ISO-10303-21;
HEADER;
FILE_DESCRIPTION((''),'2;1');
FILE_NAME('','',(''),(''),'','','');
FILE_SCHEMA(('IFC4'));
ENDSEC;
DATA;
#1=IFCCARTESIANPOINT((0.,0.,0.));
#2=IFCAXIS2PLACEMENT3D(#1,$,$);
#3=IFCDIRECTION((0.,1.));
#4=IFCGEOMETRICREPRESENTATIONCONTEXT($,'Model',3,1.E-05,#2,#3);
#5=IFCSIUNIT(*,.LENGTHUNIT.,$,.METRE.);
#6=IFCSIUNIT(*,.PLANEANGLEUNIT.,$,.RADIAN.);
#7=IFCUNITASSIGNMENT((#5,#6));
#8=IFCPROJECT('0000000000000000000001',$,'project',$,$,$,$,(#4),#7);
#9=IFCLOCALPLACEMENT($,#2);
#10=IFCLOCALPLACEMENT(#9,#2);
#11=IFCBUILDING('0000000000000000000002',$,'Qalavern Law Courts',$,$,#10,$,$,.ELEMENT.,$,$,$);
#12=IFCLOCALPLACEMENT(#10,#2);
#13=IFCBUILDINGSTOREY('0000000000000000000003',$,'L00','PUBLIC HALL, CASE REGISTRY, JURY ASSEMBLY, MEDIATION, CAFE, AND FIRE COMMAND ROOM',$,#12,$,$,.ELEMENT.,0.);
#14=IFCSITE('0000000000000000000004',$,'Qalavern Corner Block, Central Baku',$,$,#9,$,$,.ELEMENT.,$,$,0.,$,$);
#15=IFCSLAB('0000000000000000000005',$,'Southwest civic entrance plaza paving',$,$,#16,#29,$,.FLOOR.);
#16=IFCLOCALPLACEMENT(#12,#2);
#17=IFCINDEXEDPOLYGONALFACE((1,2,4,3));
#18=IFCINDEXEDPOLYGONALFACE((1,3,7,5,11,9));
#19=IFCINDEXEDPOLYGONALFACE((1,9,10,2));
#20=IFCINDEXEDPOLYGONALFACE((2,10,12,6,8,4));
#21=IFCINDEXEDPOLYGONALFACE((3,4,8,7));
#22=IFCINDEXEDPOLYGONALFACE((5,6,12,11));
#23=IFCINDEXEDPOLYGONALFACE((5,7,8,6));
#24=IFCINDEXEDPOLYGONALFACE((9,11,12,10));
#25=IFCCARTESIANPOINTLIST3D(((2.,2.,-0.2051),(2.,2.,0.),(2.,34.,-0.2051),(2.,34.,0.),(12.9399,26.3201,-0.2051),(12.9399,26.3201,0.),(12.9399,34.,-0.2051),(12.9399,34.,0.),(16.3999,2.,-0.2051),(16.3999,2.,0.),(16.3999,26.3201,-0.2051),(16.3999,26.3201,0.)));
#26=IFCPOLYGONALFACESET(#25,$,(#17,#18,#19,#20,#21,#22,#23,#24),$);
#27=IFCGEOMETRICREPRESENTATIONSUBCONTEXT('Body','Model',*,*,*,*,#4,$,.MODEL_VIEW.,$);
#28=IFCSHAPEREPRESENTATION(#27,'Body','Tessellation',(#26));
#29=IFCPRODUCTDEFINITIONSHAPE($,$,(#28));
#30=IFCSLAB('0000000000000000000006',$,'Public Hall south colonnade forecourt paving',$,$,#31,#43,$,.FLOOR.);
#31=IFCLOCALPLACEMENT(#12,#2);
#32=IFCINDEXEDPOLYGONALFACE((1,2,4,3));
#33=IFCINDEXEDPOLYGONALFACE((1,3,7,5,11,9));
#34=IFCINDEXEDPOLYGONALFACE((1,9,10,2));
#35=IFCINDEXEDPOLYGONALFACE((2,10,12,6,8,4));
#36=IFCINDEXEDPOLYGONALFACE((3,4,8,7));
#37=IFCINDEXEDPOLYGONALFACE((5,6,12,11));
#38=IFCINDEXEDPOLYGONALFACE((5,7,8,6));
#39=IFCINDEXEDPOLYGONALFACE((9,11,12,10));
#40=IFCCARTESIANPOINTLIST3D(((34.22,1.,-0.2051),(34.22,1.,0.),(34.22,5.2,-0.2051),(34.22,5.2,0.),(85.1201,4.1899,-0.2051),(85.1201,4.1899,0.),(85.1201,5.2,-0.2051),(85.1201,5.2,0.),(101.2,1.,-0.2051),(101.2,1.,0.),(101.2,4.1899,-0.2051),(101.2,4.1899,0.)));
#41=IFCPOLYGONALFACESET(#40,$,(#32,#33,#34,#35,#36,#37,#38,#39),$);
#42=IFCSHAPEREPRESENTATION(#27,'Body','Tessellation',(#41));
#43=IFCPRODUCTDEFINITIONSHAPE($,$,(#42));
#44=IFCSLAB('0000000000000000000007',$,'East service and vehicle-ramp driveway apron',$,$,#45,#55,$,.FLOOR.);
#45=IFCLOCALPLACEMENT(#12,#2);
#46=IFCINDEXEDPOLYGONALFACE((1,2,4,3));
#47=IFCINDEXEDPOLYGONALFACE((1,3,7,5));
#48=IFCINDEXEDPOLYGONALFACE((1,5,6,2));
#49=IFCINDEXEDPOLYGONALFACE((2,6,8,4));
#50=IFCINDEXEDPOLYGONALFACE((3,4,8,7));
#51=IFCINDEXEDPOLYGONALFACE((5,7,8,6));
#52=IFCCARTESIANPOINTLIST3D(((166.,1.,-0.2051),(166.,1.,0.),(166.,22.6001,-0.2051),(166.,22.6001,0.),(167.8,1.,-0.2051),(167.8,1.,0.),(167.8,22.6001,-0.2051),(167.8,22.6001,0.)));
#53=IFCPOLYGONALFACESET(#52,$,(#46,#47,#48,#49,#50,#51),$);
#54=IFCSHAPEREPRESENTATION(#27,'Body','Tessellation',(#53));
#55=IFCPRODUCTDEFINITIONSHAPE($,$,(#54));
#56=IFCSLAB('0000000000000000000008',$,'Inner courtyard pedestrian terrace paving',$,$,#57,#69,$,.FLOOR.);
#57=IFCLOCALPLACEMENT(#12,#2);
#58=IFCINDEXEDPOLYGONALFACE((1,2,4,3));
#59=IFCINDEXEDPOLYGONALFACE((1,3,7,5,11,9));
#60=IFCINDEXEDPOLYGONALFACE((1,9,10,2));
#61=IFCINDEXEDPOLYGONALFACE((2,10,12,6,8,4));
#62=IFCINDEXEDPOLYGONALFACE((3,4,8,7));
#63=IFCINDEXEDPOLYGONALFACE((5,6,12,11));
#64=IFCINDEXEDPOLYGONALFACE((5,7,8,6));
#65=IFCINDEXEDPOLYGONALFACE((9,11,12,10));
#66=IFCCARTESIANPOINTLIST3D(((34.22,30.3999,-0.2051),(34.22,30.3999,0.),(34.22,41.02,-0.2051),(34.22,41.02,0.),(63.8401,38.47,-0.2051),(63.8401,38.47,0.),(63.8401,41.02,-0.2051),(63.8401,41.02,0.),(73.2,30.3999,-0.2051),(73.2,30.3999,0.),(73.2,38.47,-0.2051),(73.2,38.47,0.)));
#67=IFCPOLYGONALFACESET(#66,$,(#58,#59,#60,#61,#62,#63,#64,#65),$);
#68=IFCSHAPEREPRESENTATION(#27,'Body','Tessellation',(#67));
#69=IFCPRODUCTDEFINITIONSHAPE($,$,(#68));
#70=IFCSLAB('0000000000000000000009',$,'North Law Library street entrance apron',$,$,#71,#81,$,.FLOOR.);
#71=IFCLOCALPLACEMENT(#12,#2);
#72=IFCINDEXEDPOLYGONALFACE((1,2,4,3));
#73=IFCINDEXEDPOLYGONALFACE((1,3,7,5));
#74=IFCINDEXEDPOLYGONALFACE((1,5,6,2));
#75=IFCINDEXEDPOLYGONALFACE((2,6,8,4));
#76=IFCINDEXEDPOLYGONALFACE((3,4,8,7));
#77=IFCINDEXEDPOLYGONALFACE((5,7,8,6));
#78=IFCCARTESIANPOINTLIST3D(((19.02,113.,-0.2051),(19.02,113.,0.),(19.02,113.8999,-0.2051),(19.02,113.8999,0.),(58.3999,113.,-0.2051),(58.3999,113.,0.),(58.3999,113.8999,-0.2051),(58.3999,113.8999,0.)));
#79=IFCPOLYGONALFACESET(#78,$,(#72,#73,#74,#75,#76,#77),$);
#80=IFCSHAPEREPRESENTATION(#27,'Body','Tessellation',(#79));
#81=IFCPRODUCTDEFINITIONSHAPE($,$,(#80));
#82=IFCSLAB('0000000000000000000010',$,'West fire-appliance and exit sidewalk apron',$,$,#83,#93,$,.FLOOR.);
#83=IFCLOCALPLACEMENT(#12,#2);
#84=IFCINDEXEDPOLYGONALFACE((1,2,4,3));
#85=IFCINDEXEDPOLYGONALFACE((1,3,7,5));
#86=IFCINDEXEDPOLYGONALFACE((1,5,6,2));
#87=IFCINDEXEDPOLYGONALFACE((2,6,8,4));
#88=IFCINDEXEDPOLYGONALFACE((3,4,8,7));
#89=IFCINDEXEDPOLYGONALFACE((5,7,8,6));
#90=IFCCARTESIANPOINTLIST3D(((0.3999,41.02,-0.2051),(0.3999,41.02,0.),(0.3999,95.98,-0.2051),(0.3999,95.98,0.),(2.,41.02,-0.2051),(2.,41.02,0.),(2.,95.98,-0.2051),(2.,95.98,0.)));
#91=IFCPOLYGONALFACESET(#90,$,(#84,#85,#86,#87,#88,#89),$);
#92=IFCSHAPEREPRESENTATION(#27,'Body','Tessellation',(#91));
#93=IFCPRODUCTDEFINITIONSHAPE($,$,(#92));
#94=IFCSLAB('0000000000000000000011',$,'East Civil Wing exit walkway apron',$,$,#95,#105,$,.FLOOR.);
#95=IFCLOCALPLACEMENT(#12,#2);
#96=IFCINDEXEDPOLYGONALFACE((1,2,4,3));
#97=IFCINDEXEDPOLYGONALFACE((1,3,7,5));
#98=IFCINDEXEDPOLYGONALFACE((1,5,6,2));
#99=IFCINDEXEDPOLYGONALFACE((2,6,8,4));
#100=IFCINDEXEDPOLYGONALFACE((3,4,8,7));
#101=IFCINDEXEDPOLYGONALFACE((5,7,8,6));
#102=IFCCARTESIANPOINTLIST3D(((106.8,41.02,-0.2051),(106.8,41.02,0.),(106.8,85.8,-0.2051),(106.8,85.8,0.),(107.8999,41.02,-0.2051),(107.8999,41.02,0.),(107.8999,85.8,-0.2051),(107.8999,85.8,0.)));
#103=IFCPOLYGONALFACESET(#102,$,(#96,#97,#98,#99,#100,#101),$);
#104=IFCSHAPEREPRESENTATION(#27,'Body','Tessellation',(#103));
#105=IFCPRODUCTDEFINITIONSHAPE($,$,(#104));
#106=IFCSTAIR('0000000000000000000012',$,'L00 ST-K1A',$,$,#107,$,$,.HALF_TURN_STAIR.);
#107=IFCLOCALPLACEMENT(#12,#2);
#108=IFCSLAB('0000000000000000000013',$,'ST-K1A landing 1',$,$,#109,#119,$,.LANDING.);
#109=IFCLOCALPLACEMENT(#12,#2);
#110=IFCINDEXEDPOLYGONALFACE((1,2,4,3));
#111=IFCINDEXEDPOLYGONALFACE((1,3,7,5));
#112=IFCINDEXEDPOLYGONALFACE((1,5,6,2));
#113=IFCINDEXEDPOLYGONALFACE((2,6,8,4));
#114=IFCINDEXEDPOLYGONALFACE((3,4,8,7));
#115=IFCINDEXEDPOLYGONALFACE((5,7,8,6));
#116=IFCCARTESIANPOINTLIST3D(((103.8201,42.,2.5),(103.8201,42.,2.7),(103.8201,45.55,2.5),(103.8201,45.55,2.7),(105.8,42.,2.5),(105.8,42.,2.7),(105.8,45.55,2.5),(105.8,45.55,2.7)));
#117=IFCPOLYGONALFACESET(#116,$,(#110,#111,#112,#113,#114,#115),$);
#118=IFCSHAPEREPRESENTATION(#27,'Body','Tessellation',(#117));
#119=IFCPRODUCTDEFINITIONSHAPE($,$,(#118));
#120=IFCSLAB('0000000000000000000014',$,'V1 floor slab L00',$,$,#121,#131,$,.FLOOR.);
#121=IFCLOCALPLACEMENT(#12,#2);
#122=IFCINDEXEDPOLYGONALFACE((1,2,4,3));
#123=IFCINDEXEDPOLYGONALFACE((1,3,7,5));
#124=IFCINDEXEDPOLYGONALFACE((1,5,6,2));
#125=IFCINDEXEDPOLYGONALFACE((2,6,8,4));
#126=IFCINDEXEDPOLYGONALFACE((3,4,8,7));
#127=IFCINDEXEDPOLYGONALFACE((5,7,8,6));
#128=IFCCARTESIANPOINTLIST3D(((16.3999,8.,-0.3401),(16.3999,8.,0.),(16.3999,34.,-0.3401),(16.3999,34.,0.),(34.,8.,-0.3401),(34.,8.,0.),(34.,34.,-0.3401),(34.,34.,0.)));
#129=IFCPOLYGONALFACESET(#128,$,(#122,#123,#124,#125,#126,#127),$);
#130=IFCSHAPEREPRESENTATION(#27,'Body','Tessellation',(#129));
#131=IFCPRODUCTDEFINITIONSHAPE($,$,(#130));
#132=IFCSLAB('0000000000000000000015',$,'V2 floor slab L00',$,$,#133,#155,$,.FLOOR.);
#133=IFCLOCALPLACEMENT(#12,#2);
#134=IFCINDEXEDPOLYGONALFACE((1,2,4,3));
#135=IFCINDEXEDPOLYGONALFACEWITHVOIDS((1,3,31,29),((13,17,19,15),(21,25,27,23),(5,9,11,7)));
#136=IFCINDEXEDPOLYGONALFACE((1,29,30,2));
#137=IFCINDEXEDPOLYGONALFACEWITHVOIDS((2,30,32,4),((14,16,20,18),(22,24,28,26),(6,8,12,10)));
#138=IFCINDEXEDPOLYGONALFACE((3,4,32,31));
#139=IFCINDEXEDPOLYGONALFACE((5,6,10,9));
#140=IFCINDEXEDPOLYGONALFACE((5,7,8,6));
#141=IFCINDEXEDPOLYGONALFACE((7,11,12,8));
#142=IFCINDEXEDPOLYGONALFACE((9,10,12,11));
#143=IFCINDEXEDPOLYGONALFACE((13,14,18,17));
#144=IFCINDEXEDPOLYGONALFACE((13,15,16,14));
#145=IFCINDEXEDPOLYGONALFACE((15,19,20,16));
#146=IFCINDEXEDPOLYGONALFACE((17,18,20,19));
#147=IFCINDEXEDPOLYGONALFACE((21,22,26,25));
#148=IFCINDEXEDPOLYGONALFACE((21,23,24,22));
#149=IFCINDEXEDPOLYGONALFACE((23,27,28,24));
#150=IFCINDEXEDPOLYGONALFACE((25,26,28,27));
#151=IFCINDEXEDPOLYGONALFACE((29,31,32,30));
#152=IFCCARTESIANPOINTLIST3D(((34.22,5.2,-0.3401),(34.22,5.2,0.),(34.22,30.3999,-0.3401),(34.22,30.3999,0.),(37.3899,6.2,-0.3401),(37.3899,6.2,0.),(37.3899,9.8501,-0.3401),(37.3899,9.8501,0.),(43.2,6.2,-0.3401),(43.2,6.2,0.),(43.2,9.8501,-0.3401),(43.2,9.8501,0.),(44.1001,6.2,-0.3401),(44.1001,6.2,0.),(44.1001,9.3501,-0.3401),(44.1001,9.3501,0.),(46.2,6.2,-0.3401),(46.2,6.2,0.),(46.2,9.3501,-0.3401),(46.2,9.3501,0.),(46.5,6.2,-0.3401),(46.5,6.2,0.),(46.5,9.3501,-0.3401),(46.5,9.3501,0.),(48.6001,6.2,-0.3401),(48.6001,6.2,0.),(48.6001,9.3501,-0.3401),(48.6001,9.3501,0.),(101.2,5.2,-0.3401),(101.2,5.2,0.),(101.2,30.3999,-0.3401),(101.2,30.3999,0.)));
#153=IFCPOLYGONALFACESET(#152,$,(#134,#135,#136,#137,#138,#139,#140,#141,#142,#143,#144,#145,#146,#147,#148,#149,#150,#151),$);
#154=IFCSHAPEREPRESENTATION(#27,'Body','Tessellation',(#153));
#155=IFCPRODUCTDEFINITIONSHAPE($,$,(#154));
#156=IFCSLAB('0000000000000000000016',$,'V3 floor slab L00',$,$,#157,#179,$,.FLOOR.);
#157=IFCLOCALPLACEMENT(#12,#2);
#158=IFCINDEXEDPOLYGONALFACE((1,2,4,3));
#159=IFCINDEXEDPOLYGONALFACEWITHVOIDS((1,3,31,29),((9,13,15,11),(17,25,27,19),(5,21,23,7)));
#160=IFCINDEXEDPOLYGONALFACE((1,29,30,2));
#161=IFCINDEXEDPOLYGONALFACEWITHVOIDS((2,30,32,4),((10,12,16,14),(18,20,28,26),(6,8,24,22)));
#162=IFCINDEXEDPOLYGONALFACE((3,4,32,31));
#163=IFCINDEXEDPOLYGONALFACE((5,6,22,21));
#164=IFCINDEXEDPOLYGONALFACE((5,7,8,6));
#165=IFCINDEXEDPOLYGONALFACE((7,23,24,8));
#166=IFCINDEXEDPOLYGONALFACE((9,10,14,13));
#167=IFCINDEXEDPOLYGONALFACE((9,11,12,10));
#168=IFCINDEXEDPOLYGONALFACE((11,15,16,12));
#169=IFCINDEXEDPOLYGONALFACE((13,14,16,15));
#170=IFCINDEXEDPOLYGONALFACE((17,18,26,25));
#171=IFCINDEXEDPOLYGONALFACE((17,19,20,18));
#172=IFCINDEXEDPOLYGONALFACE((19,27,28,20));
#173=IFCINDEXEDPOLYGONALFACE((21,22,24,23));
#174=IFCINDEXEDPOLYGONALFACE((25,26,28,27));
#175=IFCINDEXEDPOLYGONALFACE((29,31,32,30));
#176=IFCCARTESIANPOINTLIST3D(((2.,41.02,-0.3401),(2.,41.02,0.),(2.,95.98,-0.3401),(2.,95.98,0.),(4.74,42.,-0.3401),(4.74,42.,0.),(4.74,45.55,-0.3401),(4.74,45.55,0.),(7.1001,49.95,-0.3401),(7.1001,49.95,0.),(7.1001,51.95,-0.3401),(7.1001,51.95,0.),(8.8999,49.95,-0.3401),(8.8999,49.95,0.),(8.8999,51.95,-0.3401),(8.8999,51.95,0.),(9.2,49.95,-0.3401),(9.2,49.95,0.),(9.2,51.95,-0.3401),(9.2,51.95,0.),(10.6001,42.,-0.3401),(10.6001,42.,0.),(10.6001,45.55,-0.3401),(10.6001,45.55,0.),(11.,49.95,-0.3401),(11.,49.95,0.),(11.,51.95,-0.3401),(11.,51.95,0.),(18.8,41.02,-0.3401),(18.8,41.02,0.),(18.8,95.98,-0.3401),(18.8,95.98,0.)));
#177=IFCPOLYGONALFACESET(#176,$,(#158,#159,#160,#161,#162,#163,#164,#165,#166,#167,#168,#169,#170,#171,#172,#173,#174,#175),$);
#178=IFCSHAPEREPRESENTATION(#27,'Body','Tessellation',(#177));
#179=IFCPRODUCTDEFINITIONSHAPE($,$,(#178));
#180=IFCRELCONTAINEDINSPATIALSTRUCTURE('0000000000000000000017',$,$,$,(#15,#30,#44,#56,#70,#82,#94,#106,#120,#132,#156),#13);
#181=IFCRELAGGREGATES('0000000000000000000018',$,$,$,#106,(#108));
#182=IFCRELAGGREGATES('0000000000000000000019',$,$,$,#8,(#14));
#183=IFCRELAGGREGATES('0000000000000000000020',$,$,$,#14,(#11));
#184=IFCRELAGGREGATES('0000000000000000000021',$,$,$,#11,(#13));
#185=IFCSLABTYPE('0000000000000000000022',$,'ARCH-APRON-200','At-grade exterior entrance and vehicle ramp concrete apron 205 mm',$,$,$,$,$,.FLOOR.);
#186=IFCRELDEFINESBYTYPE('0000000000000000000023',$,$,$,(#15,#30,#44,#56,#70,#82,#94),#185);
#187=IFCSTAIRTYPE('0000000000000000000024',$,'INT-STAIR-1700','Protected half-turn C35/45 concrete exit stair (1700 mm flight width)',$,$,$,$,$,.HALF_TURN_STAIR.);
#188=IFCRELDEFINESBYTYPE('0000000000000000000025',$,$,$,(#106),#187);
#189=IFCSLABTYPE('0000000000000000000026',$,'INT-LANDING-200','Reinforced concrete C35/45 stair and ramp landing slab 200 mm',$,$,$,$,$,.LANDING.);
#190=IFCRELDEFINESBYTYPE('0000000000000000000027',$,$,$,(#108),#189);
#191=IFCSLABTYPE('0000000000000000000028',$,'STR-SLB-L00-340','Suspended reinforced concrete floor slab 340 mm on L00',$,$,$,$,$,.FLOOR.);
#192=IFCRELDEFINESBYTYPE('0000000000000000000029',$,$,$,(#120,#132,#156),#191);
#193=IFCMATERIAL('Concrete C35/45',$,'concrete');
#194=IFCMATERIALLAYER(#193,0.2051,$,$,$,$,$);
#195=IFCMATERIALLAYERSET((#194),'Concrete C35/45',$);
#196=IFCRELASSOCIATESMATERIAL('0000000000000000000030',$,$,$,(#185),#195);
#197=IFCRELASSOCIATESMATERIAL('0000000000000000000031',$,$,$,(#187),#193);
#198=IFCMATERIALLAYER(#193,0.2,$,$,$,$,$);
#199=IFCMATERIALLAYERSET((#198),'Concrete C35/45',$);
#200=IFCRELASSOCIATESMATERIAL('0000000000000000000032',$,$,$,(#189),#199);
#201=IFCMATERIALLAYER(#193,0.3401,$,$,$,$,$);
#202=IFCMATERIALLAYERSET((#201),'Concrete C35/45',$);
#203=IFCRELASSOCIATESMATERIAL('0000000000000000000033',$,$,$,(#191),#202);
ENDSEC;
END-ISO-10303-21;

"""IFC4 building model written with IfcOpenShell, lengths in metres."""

from ifc_helpers import new_model, si_unit, direction, frame, origin, place, context, subcontext, project, spatial, polyline, outline, extrude, material, layer, layer_set, type_object, element, aggregate, save


model = new_model("IFC4")

# Units and contexts
model_context = context("Model", 3, precision=1e-05, world=origin(), true_north=direction((0.0, 1.0)))
body_context = subcontext(model_context, "Body", "Model", "MODEL_VIEW")
ifc_project = project(units=[si_unit("LENGTHUNIT", "METRE"), si_unit("PLANEANGLEUNIT", "RADIAN")], contexts=[model_context])

# Site, building, storey
site_placement = place(None, origin())
site = spatial("IfcSite", under=ifc_project, at=site_placement, Name="Qalavern Corner Block, Central Baku", CompositionType="ELEMENT", RefElevation=0.0)
building_placement = place(site_placement, origin())
building = spatial("IfcBuilding", under=site, at=building_placement, Name="Qalavern Law Courts", CompositionType="ELEMENT")
storey_placement = place(building_placement, origin())
storey = spatial("IfcBuildingStorey", under=building, at=storey_placement, Name="L00", Description="PUBLIC HALL, CASE REGISTRY, JURY ASSEMBLY, MEDIATION, CAFE, AND FIRE COMMAND ROOM", CompositionType="ELEMENT", Elevation=0.0)

# Slabs
ifc_material_1 = material(Name="Concrete C35/45", Category="concrete")
ifc_layer_1 = layer(ifc_material_1, 0.2051)
ifc_layer_set_1 = layer_set([ifc_layer_1], Name="Concrete C35/45")
slab_type_1 = type_object("IfcSlabType", Name="ARCH-APRON-200", Description="At-grade exterior entrance and vehicle ramp concrete apron 205 mm", PredefinedType="FLOOR", material=ifc_layer_set_1)
slab_1_placement = place(storey_placement, frame((0.0, 0.0, -0.2051)))
element("IfcSlab", 1, at=slab_1_placement, inside=storey, type_object=slab_type_1, Name="Southwest civic entrance plaza paving", PredefinedType="FLOOR", context=body_context, shape_type="SweptSolid", body=[
    extrude(outline(polyline([(2.0, 2.0), (16.3999, 2.0), (16.3999, 26.3201), (12.9399, 26.3201), (12.9399, 34.0), (2.0, 34.0), (2.0, 2.0)])), origin(), (0.0, 0.0, 1.0), 0.2051),
])
slab_2_placement = place(storey_placement, frame((0.0, 0.0, -0.2051)))
element("IfcSlab", 2, at=slab_2_placement, inside=storey, type_object=slab_type_1, Name="Public Hall south colonnade forecourt paving", PredefinedType="FLOOR", context=body_context, shape_type="SweptSolid", body=[
    extrude(outline(polyline([(34.22, 1.0), (101.2, 1.0), (101.2, 4.1899), (85.1201, 4.1899), (85.1201, 5.2), (34.22, 5.2), (34.22, 1.0)])), origin(), (0.0, 0.0, 1.0), 0.2051),
])
slab_3_placement = place(storey_placement, frame((0.0, 0.0, -0.2051)))
element("IfcSlab", 3, at=slab_3_placement, inside=storey, type_object=slab_type_1, Name="East service and vehicle-ramp driveway apron", PredefinedType="FLOOR", context=body_context, shape_type="SweptSolid", body=[
    extrude(outline(polyline([(166.0, 1.0), (167.8, 1.0), (167.8, 22.6001), (166.0, 22.6001), (166.0, 1.0)])), origin(), (0.0, 0.0, 1.0), 0.2051),
])
slab_4_placement = place(storey_placement, frame((0.0, 0.0, -0.2051)))
element("IfcSlab", 4, at=slab_4_placement, inside=storey, type_object=slab_type_1, Name="Inner courtyard pedestrian terrace paving", PredefinedType="FLOOR", context=body_context, shape_type="SweptSolid", body=[
    extrude(outline(polyline([(34.22, 30.3999), (73.2, 30.3999), (73.2, 38.47), (63.8401, 38.47), (63.8401, 41.02), (34.22, 41.02), (34.22, 30.3999)])), origin(), (0.0, 0.0, 1.0), 0.2051),
])
slab_5_placement = place(storey_placement, frame((0.0, 0.0, -0.2051)))
element("IfcSlab", 5, at=slab_5_placement, inside=storey, type_object=slab_type_1, Name="North Law Library street entrance apron", PredefinedType="FLOOR", context=body_context, shape_type="SweptSolid", body=[
    extrude(outline(polyline([(19.02, 113.0), (58.3999, 113.0), (58.3999, 113.8999), (19.02, 113.8999), (19.02, 113.0)])), origin(), (0.0, 0.0, 1.0), 0.2051),
])
slab_6_placement = place(storey_placement, frame((0.0, 0.0, -0.2051)))
element("IfcSlab", 6, at=slab_6_placement, inside=storey, type_object=slab_type_1, Name="West fire-appliance and exit sidewalk apron", PredefinedType="FLOOR", context=body_context, shape_type="SweptSolid", body=[
    extrude(outline(polyline([(0.3999, 41.02), (2.0, 41.02), (2.0, 95.98), (0.3999, 95.98), (0.3999, 41.02)])), origin(), (0.0, 0.0, 1.0), 0.2051),
])
slab_7_placement = place(storey_placement, frame((0.0, 0.0, -0.2051)))
element("IfcSlab", 7, at=slab_7_placement, inside=storey, type_object=slab_type_1, Name="East Civil Wing exit walkway apron", PredefinedType="FLOOR", context=body_context, shape_type="SweptSolid", body=[
    extrude(outline(polyline([(106.8, 41.02), (107.8999, 41.02), (107.8999, 85.8), (106.8, 85.8), (106.8, 41.02)])), origin(), (0.0, 0.0, 1.0), 0.2051),
])

# Stair, slab
stair_type = type_object("IfcStairType", Name="INT-STAIR-1700", Description="Protected half-turn C35/45 concrete exit stair (1700 mm flight width)", PredefinedType="HALF_TURN_STAIR", material=ifc_material_1)
stair_placement = place(storey_placement, origin())
stair = element("IfcStair", 8, at=stair_placement, inside=storey, type_object=stair_type, Name="L00 ST-K1A", PredefinedType="HALF_TURN_STAIR")
ifc_layer_2 = layer(ifc_material_1, 0.2)
ifc_layer_set_2 = layer_set([ifc_layer_2], Name="Concrete C35/45")
slab_type_2 = type_object("IfcSlabType", Name="INT-LANDING-200", Description="Reinforced concrete C35/45 stair and ramp landing slab 200 mm", PredefinedType="LANDING", material=ifc_layer_set_2)
slab_8_placement = place(storey_placement, frame((0.0, 0.0, 2.5)))
slab_8 = element("IfcSlab", 9, at=slab_8_placement, type_object=slab_type_2, Name="ST-K1A landing 1", PredefinedType="LANDING", context=body_context, shape_type="SweptSolid", body=[
    extrude(outline(polyline([(103.8201, 42.0), (105.8, 42.0), (105.8, 45.55), (103.8201, 45.55), (103.8201, 42.0)])), origin(), (0.0, 0.0, 1.0), 0.2),
])
aggregate(stair, [slab_8])

# Slabs
ifc_layer_3 = layer(ifc_material_1, 0.3401)
ifc_layer_set_3 = layer_set([ifc_layer_3], Name="Concrete C35/45")
slab_type_3 = type_object("IfcSlabType", Name="STR-SLB-L00-340", Description="Suspended reinforced concrete floor slab 340 mm on L00", PredefinedType="FLOOR", material=ifc_layer_set_3)
slab_9_placement = place(storey_placement, frame((0.0, 0.0, -0.3401)))
element("IfcSlab", 10, at=slab_9_placement, inside=storey, type_object=slab_type_3, Name="V1 floor slab L00", PredefinedType="FLOOR", context=body_context, shape_type="SweptSolid", body=[
    extrude(outline(polyline([(16.3999, 8.0), (34.0, 8.0), (34.0, 34.0), (16.3999, 34.0), (16.3999, 8.0)])), origin(), (0.0, 0.0, 1.0), 0.3401),
])
slab_10_placement = place(storey_placement, frame((0.0, 0.0, -0.3401)))
element("IfcSlab", 11, at=slab_10_placement, inside=storey, type_object=slab_type_3, Name="V2 floor slab L00", PredefinedType="FLOOR", context=body_context, shape_type="SweptSolid", body=[
    extrude(outline(polyline([(34.22, 5.2), (101.2, 5.2), (101.2, 30.3999), (34.22, 30.3999), (34.22, 5.2)]), holes=[polyline([(37.3899, 6.2), (43.2, 6.2), (43.2, 9.8501), (37.3899, 9.8501), (37.3899, 6.2)]), polyline([(44.1001, 6.2), (46.2, 6.2), (46.2, 9.3501), (44.1001, 9.3501), (44.1001, 6.2)]), polyline([(46.5, 6.2), (48.6001, 6.2), (48.6001, 9.3501), (46.5, 9.3501), (46.5, 6.2)])]), origin(), (0.0, 0.0, 1.0), 0.3401),
])
slab_11_placement = place(storey_placement, frame((0.0, 0.0, -0.3401)))
element("IfcSlab", 12, at=slab_11_placement, inside=storey, type_object=slab_type_3, Name="V3 floor slab L00", PredefinedType="FLOOR", context=body_context, shape_type="SweptSolid", body=[
    extrude(outline(polyline([(2.0, 41.02), (18.8, 41.02), (18.8, 95.98), (2.0, 95.98), (2.0, 41.02)]), holes=[polyline([(4.74, 42.0), (10.6001, 42.0), (10.6001, 45.55), (4.74, 45.55), (4.74, 42.0)]), polyline([(7.1001, 49.95), (8.8999, 49.95), (8.8999, 51.95), (7.1001, 51.95), (7.1001, 49.95)]), polyline([(9.2, 49.95), (11.0, 49.95), (11.0, 51.95), (9.2, 51.95), (9.2, 49.95)])]), origin(), (0.0, 0.0, 1.0), 0.3401),
])

save(model, "model.ifc")
